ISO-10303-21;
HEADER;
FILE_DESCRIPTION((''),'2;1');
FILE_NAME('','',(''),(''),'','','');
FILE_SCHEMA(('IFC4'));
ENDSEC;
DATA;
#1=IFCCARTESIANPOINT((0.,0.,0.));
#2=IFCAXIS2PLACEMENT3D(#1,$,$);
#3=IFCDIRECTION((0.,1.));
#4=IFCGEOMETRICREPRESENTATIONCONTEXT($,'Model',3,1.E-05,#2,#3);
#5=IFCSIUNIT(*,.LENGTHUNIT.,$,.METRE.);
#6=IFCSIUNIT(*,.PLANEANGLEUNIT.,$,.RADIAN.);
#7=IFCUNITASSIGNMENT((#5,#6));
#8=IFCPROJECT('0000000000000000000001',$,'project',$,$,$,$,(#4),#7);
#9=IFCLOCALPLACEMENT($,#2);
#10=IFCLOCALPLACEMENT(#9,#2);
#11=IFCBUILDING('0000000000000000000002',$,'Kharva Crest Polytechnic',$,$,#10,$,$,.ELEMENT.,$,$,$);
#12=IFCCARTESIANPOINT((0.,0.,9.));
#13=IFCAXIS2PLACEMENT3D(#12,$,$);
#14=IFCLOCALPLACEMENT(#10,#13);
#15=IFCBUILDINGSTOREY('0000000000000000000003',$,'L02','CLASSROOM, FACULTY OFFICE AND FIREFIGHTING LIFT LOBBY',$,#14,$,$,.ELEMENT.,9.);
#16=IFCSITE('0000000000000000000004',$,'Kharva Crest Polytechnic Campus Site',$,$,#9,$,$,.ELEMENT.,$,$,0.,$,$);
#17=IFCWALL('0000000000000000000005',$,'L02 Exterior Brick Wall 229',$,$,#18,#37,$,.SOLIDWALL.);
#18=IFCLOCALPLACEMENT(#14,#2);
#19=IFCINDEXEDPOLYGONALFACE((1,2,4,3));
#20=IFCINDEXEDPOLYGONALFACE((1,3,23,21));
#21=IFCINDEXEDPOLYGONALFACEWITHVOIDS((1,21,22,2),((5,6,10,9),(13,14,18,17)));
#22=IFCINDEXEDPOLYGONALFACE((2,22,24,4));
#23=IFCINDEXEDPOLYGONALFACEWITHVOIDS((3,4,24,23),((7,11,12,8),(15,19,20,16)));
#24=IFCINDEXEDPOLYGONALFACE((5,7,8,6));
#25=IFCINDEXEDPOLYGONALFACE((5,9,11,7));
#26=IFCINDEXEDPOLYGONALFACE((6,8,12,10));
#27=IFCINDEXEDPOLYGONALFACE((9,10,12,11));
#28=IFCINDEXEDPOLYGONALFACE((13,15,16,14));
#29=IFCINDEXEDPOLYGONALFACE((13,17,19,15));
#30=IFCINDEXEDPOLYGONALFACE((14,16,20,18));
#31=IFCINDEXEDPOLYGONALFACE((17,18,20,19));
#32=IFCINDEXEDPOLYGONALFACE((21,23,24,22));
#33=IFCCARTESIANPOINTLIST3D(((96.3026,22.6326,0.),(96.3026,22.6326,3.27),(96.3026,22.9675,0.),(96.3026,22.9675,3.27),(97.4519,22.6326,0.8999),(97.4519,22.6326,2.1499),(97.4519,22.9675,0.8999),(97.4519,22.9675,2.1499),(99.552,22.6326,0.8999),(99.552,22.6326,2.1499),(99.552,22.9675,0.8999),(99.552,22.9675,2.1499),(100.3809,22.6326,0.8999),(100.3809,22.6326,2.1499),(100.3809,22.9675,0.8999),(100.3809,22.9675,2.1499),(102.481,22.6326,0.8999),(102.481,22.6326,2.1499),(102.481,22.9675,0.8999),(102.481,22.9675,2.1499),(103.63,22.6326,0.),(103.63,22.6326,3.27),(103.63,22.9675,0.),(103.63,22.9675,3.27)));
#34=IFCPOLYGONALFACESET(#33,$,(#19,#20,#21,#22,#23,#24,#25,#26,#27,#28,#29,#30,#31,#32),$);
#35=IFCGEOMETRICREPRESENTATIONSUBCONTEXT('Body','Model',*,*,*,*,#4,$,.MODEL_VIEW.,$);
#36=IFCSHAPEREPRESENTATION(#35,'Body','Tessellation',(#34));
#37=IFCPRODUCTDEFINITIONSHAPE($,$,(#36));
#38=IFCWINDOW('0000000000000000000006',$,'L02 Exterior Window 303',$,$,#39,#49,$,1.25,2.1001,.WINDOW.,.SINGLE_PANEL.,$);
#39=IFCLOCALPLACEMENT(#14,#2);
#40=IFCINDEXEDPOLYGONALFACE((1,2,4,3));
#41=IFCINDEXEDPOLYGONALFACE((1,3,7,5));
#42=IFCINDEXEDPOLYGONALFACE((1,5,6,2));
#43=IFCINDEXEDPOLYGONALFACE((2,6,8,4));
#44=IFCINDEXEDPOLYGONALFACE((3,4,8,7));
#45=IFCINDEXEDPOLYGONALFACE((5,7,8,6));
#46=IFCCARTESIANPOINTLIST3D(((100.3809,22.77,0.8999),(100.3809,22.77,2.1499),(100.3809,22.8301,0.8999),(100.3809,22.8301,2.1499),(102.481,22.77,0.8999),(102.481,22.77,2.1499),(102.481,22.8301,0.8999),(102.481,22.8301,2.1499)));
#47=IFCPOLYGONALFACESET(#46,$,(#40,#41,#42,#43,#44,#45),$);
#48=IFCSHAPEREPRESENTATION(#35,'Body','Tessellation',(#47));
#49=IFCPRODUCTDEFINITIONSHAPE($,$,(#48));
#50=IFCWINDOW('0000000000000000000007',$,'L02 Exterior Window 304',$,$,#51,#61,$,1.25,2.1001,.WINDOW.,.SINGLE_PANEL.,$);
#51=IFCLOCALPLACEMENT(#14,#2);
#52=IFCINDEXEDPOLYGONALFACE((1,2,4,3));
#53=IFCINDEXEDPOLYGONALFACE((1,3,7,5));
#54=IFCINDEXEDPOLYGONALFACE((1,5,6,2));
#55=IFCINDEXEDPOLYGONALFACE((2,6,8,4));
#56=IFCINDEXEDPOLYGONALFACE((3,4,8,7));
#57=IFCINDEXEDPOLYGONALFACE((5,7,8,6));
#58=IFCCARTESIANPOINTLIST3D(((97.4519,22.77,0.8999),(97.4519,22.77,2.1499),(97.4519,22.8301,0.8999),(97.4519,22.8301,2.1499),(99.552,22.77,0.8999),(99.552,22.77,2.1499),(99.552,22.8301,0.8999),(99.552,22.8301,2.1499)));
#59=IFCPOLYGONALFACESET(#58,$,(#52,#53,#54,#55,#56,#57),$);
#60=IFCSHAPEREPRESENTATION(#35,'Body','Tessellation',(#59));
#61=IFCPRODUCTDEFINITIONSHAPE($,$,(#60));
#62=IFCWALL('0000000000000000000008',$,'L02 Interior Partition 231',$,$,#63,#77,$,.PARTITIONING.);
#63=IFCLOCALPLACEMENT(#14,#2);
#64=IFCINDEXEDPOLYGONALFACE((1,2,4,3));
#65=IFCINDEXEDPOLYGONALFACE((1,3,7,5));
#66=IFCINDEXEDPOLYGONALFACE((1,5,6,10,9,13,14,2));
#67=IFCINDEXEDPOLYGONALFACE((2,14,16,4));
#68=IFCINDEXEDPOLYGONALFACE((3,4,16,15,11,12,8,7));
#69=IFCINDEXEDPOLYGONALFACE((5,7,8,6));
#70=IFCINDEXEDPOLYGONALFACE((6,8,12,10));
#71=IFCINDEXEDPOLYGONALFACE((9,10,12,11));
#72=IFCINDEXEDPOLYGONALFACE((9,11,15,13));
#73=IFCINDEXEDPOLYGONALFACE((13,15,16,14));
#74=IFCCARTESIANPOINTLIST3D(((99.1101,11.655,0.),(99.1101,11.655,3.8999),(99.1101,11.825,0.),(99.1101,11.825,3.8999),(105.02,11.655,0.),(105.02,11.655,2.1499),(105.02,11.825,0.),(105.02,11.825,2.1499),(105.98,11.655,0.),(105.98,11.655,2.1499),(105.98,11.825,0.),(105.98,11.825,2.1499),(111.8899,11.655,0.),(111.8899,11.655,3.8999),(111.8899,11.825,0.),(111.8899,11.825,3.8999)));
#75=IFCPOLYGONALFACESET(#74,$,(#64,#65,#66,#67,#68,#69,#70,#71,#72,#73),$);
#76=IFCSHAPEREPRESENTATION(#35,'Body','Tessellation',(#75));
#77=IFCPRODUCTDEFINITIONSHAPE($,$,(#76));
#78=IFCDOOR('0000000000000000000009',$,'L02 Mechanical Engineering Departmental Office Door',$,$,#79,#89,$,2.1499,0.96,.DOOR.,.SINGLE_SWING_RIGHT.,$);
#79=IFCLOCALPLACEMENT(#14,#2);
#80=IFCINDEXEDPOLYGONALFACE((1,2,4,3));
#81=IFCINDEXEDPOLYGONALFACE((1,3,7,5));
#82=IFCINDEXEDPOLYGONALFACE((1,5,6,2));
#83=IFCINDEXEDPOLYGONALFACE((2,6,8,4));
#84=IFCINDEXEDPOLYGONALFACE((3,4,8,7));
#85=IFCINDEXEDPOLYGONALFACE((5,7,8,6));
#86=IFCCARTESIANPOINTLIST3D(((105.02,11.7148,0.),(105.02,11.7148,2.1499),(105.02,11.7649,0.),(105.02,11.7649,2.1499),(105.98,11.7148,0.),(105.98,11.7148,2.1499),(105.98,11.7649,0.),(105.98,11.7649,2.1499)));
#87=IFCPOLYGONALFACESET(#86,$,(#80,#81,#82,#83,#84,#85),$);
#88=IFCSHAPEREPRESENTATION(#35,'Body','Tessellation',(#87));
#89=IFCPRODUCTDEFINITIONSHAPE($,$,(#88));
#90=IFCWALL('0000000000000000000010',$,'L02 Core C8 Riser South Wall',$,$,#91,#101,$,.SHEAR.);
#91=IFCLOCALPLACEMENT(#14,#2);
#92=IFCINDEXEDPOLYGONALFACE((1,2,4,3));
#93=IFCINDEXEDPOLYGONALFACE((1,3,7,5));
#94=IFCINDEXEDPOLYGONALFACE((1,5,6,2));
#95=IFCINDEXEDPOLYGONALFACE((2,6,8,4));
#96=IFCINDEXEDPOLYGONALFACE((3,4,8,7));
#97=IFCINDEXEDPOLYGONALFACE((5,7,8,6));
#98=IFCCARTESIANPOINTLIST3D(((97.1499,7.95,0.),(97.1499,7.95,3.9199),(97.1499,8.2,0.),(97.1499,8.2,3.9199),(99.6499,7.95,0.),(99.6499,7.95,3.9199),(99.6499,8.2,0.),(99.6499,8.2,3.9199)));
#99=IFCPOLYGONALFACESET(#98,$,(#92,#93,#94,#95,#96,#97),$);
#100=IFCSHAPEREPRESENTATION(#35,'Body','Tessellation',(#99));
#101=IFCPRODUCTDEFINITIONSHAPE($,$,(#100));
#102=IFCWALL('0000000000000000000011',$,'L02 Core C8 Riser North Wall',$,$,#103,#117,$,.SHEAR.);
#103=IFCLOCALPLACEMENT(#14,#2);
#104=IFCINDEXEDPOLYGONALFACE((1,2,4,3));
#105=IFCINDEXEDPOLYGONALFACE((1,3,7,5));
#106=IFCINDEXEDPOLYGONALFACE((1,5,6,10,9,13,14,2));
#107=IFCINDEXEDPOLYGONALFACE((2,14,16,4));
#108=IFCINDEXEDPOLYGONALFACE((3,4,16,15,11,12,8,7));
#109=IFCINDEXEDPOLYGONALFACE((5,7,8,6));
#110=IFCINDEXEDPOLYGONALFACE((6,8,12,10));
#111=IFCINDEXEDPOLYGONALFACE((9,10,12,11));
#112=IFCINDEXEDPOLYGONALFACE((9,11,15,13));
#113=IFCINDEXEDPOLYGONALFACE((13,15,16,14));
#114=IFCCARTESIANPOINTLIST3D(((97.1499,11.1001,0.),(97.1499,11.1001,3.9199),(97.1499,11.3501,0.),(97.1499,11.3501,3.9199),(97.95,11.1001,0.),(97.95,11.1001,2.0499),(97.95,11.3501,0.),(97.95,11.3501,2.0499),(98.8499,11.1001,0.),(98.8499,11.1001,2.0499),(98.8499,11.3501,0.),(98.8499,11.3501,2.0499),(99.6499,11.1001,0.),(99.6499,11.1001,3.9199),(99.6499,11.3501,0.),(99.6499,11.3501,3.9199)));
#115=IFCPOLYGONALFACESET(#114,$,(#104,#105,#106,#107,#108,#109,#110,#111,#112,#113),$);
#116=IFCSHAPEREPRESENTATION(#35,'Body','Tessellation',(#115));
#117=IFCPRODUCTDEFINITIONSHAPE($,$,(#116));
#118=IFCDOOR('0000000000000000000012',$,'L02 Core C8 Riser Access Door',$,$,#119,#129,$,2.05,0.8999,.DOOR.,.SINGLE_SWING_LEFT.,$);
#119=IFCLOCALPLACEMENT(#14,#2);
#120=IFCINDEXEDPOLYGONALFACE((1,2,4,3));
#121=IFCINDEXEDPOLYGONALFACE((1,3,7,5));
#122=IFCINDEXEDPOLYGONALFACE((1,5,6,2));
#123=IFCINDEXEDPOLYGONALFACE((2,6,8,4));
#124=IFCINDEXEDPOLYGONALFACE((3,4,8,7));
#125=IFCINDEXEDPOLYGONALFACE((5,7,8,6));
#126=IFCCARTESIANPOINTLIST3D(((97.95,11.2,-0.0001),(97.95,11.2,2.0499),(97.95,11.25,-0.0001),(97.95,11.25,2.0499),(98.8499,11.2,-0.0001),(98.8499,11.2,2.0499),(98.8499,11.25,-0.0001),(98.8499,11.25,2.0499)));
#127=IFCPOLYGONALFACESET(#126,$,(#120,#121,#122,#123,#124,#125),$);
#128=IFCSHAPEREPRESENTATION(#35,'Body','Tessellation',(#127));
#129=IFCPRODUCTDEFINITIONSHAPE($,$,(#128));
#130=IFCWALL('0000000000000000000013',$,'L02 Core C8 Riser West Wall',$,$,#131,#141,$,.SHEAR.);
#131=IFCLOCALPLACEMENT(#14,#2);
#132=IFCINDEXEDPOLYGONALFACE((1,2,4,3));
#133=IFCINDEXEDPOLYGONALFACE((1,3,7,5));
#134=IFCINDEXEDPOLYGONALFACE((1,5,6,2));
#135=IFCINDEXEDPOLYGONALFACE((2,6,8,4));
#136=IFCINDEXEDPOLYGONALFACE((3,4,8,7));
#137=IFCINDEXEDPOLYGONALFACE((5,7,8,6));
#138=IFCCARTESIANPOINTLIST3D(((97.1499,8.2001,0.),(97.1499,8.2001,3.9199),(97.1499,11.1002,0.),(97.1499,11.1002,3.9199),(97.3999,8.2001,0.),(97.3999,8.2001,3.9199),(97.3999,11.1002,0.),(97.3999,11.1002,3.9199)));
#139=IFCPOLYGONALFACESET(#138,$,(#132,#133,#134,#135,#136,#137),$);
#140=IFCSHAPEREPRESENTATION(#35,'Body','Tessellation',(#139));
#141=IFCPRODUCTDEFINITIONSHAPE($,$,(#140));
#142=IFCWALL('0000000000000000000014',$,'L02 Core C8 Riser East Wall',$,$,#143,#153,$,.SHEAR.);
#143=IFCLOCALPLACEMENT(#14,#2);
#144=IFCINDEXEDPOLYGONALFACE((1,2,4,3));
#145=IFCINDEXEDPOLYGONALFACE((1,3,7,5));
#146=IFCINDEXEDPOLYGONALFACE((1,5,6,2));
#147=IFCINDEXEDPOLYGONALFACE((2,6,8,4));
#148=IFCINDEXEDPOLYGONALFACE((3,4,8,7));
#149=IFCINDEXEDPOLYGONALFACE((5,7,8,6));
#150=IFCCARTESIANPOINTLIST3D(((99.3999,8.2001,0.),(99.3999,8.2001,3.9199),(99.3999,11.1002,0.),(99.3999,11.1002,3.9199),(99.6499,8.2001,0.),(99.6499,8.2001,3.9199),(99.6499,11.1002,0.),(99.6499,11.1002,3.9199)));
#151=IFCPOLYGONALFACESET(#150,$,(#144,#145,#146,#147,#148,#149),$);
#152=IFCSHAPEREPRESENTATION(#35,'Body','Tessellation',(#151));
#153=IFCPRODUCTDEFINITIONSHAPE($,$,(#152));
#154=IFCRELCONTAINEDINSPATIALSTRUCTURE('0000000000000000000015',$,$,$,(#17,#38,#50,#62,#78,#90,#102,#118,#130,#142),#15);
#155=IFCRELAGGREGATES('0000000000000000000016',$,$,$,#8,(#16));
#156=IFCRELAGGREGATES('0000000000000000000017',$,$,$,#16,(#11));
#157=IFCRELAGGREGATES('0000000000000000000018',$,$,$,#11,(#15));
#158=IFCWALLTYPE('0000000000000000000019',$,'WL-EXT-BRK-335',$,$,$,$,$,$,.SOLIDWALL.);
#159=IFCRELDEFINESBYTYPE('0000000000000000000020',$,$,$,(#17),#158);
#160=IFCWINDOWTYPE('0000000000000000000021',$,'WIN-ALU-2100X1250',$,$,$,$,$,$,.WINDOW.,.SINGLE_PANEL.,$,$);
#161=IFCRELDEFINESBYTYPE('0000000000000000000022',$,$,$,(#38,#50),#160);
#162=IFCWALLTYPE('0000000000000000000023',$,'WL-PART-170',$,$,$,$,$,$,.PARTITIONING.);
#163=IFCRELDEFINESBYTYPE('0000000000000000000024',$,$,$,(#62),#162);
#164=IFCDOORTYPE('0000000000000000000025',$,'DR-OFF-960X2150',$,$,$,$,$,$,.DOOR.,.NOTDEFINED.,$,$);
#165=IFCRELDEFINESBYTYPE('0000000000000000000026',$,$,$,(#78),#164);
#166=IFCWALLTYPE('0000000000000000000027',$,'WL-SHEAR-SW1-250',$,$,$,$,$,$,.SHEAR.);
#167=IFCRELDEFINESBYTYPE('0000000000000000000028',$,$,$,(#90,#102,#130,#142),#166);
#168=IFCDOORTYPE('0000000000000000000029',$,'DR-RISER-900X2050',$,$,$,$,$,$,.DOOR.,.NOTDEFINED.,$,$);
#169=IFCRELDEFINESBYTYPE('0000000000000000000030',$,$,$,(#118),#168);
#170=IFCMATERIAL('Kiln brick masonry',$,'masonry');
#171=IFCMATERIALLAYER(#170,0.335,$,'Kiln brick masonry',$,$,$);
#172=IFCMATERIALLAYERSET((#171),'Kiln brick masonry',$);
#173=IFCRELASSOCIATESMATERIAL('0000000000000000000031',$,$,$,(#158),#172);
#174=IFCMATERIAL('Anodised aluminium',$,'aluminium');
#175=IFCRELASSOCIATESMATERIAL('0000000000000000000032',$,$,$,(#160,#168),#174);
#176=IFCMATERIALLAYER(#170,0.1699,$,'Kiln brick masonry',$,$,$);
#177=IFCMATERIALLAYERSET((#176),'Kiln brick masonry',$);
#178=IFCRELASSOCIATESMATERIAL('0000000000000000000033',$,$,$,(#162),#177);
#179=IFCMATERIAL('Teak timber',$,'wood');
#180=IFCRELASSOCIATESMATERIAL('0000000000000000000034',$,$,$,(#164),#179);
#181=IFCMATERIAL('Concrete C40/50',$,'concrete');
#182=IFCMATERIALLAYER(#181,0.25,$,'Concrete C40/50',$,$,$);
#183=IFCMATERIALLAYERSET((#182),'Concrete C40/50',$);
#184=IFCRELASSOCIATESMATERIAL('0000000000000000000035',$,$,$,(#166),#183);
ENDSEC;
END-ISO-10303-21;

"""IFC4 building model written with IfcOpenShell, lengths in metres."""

from ifc_helpers import new_model, si_unit, direction, frame, frame_2d, origin, place, context, subcontext, project, spatial, rectangle, extrude, material, layer, layer_set, type_object, element, fill, save


model = new_model("IFC4")

# Units and contexts
model_context = context("Model", 3, precision=1e-05, world=origin(), true_north=direction((0.0, 1.0)))
body_context = subcontext(model_context, "Body", "Model", "MODEL_VIEW")
ifc_project = project(units=[si_unit("LENGTHUNIT", "METRE"), si_unit("PLANEANGLEUNIT", "RADIAN")], contexts=[model_context])

# Site, building, storey
site_placement = place(None, origin())
site = spatial("IfcSite", under=ifc_project, at=site_placement, Name="Kharva Crest Polytechnic Campus Site", CompositionType="ELEMENT", RefElevation=0.0)
building_placement = place(site_placement, origin())
building = spatial("IfcBuilding", under=site, at=building_placement, Name="Kharva Crest Polytechnic", CompositionType="ELEMENT")
storey_placement = place(building_placement, frame((0.0, 0.0, 9.0)))
storey = spatial("IfcBuildingStorey", under=building, at=storey_placement, Name="L02", Description="CLASSROOM, FACULTY OFFICE AND FIREFIGHTING LIFT LOBBY", CompositionType="ELEMENT", Elevation=9.0)

# Shared definitions
ifc_material_1 = material(Name="Concrete C40/50", Category="concrete")

# Wall, openings, windows
ifc_material_2 = material(Name="Kiln brick masonry", Category="masonry")
ifc_material_3 = material(Name="Anodised aluminium", Category="aluminium")
ifc_layer_1 = layer(ifc_material_2, 0.335, Name="Kiln brick masonry")
ifc_layer_set_1 = layer_set([ifc_layer_1], Name="Kiln brick masonry")
wall_type_1 = type_object("IfcWallType", Name="WL-EXT-BRK-335", PredefinedType="SOLIDWALL", material=ifc_layer_set_1)
wall_1_placement = place(storey_placement, frame((103.6299, 22.8, 0.0), z_axis=(0.0, 0.0, 1.0), x_axis=(-1.0, 0.0, 0.0)))
wall_1 = element("IfcWall", 1, at=wall_1_placement, inside=storey, type_object=wall_type_1, Name="L02 Exterior Brick Wall 229", PredefinedType="SOLIDWALL", context=body_context, shape_type="SweptSolid", body=[
    extrude(rectangle(XDim=7.3274, YDim=0.335, at=frame_2d((3.6636, 0.0))), origin(), (0.0, 0.0, 1.0), 3.27),
])
opening_1_placement = place(wall_1_placement, frame((1.1489, 0.0, 0.8999)))
opening_1 = element("IfcOpeningElement", 2, at=opening_1_placement, cuts=wall_1, PredefinedType="OPENING", context=body_context, shape_type="SweptSolid", body=[
    extrude(rectangle(XDim=2.1001, YDim=1.25, at=frame_2d((1.05, 0.625))), frame((0.0, 0.1775, 0.0), z_axis=(0.0, -1.0, 0.0), x_axis=(1.0, 0.0, 0.0)), (0.0, 0.0, 1.0), 0.355),
])
opening_2_placement = place(wall_1_placement, frame((4.0779, 0.0, 0.8999)))
opening_2 = element("IfcOpeningElement", 3, at=opening_2_placement, cuts=wall_1, PredefinedType="OPENING", context=body_context, shape_type="SweptSolid", body=[
    extrude(rectangle(XDim=2.1001, YDim=1.25, at=frame_2d((1.05, 0.625))), frame((0.0, 0.1775, 0.0), z_axis=(0.0, -1.0, 0.0), x_axis=(1.0, 0.0, 0.0)), (0.0, 0.0, 1.0), 0.355),
])
window_type_1 = type_object("IfcWindowType", Name="WIN-ALU-2100X1250", PartitioningType="SINGLE_PANEL", PredefinedType="WINDOW", material=ifc_material_3)
window_1_placement = place(opening_1_placement, origin())
window_1 = element("IfcWindow", 4, at=window_1_placement, inside=storey, type_object=window_type_1, Name="L02 Exterior Window 303", OverallHeight=1.25, OverallWidth=2.1001, PartitioningType="SINGLE_PANEL", PredefinedType="WINDOW", context=body_context, shape_type="SweptSolid", body=[
    extrude(rectangle(XDim=2.1001, YDim=1.25, at=frame_2d((1.05, 0.625))), frame((0.0, 0.03, 0.0), z_axis=(0.0, -1.0, 0.0), x_axis=(1.0, 0.0, 0.0)), (0.0, 0.0, 1.0), 0.0601),
])
fill(opening_1, window_1)
window_2_placement = place(opening_2_placement, origin())
window_2 = element("IfcWindow", 5, at=window_2_placement, inside=storey, type_object=window_type_1, Name="L02 Exterior Window 304", OverallHeight=1.25, OverallWidth=2.1001, PartitioningType="SINGLE_PANEL", PredefinedType="WINDOW", context=body_context, shape_type="SweptSolid", body=[
    extrude(rectangle(XDim=2.1001, YDim=1.25, at=frame_2d((1.05, 0.625))), frame((0.0, 0.03, 0.0), z_axis=(0.0, -1.0, 0.0), x_axis=(1.0, 0.0, 0.0)), (0.0, 0.0, 1.0), 0.0601),
])
fill(opening_2, window_2)

# Wall, opening, door
ifc_layer_2 = layer(ifc_material_2, 0.1699, Name="Kiln brick masonry")
ifc_layer_set_2 = layer_set([ifc_layer_2], Name="Kiln brick masonry")
wall_type_2 = type_object("IfcWallType", Name="WL-PART-170", PredefinedType="PARTITIONING", material=ifc_layer_set_2)
wall_2_placement = place(storey_placement, frame((99.1101, 11.74, 0.0), z_axis=(0.0, 0.0, 1.0), x_axis=(1.0, 0.0, 0.0)))
wall_2 = element("IfcWall", 6, at=wall_2_placement, inside=storey, type_object=wall_type_2, Name="L02 Interior Partition 231", PredefinedType="PARTITIONING", context=body_context, shape_type="SweptSolid", body=[
    extrude(rectangle(XDim=12.7798, YDim=0.1699, at=frame_2d((6.3899, 0.0))), origin(), (0.0, 0.0, 1.0), 3.8999),
])
opening_3_placement = place(wall_2_placement, frame((5.9099, 0.0, 0.0)))
opening_3 = element("IfcOpeningElement", 7, at=opening_3_placement, cuts=wall_2, PredefinedType="OPENING", context=body_context, shape_type="SweptSolid", body=[
    extrude(rectangle(XDim=0.96, YDim=2.1499, at=frame_2d((0.48, 1.075))), frame((0.0, 0.095, 0.0), z_axis=(0.0, -1.0, 0.0), x_axis=(1.0, 0.0, 0.0)), (0.0, 0.0, 1.0), 0.1899),
])
ifc_material_4 = material(Name="Teak timber", Category="wood")
door_type_1 = type_object("IfcDoorType", Name="DR-OFF-960X2150", OperationType="NOTDEFINED", PredefinedType="DOOR", material=ifc_material_4)
door_1_placement = place(opening_3_placement, origin())
door_1 = element("IfcDoor", 8, at=door_1_placement, inside=storey, type_object=door_type_1, Name="L02 Mechanical Engineering Departmental Office Door", OperationType="SINGLE_SWING_RIGHT", OverallHeight=2.1499, OverallWidth=0.96, PredefinedType="DOOR", context=body_context, shape_type="SweptSolid", body=[
    extrude(rectangle(XDim=0.96, YDim=2.1499, at=frame_2d((0.48, 1.075))), frame((0.0, 0.0249, 0.0), z_axis=(0.0, -1.0, 0.0), x_axis=(1.0, 0.0, 0.0)), (0.0, 0.0, 1.0), 0.05),
])
fill(opening_3, door_1)

# Wall
ifc_layer_3 = layer(ifc_material_1, 0.25, Name="Concrete C40/50")
ifc_layer_set_3 = layer_set([ifc_layer_3], Name="Concrete C40/50")
wall_type_3 = type_object("IfcWallType", Name="WL-SHEAR-SW1-250", PredefinedType="SHEAR", material=ifc_layer_set_3)
wall_3_placement = place(storey_placement, frame((97.1499, 8.075, 0.0), z_axis=(0.0, 0.0, 1.0), x_axis=(1.0, 0.0, 0.0)))
element("IfcWall", 9, at=wall_3_placement, inside=storey, type_object=wall_type_3, Name="L02 Core C8 Riser South Wall", PredefinedType="SHEAR", context=body_context, shape_type="SweptSolid", body=[
    extrude(rectangle(XDim=2.5, YDim=0.25, at=frame_2d((1.25, 0.0))), origin(), (0.0, 0.0, 1.0), 3.9199),
])

# Wall, opening, door
wall_4_placement = place(storey_placement, frame((97.1499, 11.2251, 0.0), z_axis=(0.0, 0.0, 1.0), x_axis=(1.0, 0.0, 0.0)))
wall_4 = element("IfcWall", 10, at=wall_4_placement, inside=storey, type_object=wall_type_3, Name="L02 Core C8 Riser North Wall", PredefinedType="SHEAR", context=body_context, shape_type="SweptSolid", body=[
    extrude(rectangle(XDim=2.5, YDim=0.25, at=frame_2d((1.25, 0.0))), origin(), (0.0, 0.0, 1.0), 3.9199),
])
opening_4_placement = place(wall_4_placement, frame((0.8, 0.0, 0.0)))
opening_4 = element("IfcOpeningElement", 11, at=opening_4_placement, cuts=wall_4, PredefinedType="OPENING", context=body_context, shape_type="SweptSolid", body=[
    extrude(rectangle(XDim=0.8999, YDim=2.05, at=frame_2d((0.45, 1.0249))), frame((0.0, 0.135, 0.0), z_axis=(0.0, -1.0, 0.0), x_axis=(1.0, 0.0, 0.0)), (0.0, 0.0, 1.0), 0.27),
])
door_type_2 = type_object("IfcDoorType", Name="DR-RISER-900X2050", OperationType="NOTDEFINED", PredefinedType="DOOR", material=ifc_material_3)
door_2_placement = place(opening_4_placement, origin())
door_2 = element("IfcDoor", 12, at=door_2_placement, inside=storey, type_object=door_type_2, Name="L02 Core C8 Riser Access Door", OperationType="SINGLE_SWING_LEFT", OverallHeight=2.05, OverallWidth=0.8999, PredefinedType="DOOR", context=body_context, shape_type="SweptSolid", body=[
    extrude(rectangle(XDim=0.8999, YDim=2.05, at=frame_2d((0.45, 1.0249))), frame((0.0, 0.0249, 0.0), z_axis=(0.0, -1.0, 0.0), x_axis=(1.0, 0.0, 0.0)), (0.0, 0.0, 1.0), 0.05),
])
fill(opening_4, door_2)

# Walls
for number, where, z_axis, x_axis, name in (
    (13, (97.2749, 8.2, 0.0), (0.0, 0.0, 1.0), (0.0, 1.0, 0.0), "L02 Core C8 Riser West Wall"),
    (14, (99.5249, 8.2, 0.0), (0.0, 0.0, 1.0), (0.0, 1.0, 0.0), "L02 Core C8 Riser East Wall"),
):
    element("IfcWall", number, at=place(storey_placement, frame(where, z_axis=z_axis, x_axis=x_axis)), inside=storey, type_object=wall_type_3, Name=name, PredefinedType="SHEAR", context=body_context, shape_type="SweptSolid", body=[
        extrude(rectangle(XDim=2.9001, YDim=0.25, at=frame_2d((1.4502, 0.0))), origin(), (0.0, 0.0, 1.0), 3.9199),
    ])

save(model, "model.ifc")
